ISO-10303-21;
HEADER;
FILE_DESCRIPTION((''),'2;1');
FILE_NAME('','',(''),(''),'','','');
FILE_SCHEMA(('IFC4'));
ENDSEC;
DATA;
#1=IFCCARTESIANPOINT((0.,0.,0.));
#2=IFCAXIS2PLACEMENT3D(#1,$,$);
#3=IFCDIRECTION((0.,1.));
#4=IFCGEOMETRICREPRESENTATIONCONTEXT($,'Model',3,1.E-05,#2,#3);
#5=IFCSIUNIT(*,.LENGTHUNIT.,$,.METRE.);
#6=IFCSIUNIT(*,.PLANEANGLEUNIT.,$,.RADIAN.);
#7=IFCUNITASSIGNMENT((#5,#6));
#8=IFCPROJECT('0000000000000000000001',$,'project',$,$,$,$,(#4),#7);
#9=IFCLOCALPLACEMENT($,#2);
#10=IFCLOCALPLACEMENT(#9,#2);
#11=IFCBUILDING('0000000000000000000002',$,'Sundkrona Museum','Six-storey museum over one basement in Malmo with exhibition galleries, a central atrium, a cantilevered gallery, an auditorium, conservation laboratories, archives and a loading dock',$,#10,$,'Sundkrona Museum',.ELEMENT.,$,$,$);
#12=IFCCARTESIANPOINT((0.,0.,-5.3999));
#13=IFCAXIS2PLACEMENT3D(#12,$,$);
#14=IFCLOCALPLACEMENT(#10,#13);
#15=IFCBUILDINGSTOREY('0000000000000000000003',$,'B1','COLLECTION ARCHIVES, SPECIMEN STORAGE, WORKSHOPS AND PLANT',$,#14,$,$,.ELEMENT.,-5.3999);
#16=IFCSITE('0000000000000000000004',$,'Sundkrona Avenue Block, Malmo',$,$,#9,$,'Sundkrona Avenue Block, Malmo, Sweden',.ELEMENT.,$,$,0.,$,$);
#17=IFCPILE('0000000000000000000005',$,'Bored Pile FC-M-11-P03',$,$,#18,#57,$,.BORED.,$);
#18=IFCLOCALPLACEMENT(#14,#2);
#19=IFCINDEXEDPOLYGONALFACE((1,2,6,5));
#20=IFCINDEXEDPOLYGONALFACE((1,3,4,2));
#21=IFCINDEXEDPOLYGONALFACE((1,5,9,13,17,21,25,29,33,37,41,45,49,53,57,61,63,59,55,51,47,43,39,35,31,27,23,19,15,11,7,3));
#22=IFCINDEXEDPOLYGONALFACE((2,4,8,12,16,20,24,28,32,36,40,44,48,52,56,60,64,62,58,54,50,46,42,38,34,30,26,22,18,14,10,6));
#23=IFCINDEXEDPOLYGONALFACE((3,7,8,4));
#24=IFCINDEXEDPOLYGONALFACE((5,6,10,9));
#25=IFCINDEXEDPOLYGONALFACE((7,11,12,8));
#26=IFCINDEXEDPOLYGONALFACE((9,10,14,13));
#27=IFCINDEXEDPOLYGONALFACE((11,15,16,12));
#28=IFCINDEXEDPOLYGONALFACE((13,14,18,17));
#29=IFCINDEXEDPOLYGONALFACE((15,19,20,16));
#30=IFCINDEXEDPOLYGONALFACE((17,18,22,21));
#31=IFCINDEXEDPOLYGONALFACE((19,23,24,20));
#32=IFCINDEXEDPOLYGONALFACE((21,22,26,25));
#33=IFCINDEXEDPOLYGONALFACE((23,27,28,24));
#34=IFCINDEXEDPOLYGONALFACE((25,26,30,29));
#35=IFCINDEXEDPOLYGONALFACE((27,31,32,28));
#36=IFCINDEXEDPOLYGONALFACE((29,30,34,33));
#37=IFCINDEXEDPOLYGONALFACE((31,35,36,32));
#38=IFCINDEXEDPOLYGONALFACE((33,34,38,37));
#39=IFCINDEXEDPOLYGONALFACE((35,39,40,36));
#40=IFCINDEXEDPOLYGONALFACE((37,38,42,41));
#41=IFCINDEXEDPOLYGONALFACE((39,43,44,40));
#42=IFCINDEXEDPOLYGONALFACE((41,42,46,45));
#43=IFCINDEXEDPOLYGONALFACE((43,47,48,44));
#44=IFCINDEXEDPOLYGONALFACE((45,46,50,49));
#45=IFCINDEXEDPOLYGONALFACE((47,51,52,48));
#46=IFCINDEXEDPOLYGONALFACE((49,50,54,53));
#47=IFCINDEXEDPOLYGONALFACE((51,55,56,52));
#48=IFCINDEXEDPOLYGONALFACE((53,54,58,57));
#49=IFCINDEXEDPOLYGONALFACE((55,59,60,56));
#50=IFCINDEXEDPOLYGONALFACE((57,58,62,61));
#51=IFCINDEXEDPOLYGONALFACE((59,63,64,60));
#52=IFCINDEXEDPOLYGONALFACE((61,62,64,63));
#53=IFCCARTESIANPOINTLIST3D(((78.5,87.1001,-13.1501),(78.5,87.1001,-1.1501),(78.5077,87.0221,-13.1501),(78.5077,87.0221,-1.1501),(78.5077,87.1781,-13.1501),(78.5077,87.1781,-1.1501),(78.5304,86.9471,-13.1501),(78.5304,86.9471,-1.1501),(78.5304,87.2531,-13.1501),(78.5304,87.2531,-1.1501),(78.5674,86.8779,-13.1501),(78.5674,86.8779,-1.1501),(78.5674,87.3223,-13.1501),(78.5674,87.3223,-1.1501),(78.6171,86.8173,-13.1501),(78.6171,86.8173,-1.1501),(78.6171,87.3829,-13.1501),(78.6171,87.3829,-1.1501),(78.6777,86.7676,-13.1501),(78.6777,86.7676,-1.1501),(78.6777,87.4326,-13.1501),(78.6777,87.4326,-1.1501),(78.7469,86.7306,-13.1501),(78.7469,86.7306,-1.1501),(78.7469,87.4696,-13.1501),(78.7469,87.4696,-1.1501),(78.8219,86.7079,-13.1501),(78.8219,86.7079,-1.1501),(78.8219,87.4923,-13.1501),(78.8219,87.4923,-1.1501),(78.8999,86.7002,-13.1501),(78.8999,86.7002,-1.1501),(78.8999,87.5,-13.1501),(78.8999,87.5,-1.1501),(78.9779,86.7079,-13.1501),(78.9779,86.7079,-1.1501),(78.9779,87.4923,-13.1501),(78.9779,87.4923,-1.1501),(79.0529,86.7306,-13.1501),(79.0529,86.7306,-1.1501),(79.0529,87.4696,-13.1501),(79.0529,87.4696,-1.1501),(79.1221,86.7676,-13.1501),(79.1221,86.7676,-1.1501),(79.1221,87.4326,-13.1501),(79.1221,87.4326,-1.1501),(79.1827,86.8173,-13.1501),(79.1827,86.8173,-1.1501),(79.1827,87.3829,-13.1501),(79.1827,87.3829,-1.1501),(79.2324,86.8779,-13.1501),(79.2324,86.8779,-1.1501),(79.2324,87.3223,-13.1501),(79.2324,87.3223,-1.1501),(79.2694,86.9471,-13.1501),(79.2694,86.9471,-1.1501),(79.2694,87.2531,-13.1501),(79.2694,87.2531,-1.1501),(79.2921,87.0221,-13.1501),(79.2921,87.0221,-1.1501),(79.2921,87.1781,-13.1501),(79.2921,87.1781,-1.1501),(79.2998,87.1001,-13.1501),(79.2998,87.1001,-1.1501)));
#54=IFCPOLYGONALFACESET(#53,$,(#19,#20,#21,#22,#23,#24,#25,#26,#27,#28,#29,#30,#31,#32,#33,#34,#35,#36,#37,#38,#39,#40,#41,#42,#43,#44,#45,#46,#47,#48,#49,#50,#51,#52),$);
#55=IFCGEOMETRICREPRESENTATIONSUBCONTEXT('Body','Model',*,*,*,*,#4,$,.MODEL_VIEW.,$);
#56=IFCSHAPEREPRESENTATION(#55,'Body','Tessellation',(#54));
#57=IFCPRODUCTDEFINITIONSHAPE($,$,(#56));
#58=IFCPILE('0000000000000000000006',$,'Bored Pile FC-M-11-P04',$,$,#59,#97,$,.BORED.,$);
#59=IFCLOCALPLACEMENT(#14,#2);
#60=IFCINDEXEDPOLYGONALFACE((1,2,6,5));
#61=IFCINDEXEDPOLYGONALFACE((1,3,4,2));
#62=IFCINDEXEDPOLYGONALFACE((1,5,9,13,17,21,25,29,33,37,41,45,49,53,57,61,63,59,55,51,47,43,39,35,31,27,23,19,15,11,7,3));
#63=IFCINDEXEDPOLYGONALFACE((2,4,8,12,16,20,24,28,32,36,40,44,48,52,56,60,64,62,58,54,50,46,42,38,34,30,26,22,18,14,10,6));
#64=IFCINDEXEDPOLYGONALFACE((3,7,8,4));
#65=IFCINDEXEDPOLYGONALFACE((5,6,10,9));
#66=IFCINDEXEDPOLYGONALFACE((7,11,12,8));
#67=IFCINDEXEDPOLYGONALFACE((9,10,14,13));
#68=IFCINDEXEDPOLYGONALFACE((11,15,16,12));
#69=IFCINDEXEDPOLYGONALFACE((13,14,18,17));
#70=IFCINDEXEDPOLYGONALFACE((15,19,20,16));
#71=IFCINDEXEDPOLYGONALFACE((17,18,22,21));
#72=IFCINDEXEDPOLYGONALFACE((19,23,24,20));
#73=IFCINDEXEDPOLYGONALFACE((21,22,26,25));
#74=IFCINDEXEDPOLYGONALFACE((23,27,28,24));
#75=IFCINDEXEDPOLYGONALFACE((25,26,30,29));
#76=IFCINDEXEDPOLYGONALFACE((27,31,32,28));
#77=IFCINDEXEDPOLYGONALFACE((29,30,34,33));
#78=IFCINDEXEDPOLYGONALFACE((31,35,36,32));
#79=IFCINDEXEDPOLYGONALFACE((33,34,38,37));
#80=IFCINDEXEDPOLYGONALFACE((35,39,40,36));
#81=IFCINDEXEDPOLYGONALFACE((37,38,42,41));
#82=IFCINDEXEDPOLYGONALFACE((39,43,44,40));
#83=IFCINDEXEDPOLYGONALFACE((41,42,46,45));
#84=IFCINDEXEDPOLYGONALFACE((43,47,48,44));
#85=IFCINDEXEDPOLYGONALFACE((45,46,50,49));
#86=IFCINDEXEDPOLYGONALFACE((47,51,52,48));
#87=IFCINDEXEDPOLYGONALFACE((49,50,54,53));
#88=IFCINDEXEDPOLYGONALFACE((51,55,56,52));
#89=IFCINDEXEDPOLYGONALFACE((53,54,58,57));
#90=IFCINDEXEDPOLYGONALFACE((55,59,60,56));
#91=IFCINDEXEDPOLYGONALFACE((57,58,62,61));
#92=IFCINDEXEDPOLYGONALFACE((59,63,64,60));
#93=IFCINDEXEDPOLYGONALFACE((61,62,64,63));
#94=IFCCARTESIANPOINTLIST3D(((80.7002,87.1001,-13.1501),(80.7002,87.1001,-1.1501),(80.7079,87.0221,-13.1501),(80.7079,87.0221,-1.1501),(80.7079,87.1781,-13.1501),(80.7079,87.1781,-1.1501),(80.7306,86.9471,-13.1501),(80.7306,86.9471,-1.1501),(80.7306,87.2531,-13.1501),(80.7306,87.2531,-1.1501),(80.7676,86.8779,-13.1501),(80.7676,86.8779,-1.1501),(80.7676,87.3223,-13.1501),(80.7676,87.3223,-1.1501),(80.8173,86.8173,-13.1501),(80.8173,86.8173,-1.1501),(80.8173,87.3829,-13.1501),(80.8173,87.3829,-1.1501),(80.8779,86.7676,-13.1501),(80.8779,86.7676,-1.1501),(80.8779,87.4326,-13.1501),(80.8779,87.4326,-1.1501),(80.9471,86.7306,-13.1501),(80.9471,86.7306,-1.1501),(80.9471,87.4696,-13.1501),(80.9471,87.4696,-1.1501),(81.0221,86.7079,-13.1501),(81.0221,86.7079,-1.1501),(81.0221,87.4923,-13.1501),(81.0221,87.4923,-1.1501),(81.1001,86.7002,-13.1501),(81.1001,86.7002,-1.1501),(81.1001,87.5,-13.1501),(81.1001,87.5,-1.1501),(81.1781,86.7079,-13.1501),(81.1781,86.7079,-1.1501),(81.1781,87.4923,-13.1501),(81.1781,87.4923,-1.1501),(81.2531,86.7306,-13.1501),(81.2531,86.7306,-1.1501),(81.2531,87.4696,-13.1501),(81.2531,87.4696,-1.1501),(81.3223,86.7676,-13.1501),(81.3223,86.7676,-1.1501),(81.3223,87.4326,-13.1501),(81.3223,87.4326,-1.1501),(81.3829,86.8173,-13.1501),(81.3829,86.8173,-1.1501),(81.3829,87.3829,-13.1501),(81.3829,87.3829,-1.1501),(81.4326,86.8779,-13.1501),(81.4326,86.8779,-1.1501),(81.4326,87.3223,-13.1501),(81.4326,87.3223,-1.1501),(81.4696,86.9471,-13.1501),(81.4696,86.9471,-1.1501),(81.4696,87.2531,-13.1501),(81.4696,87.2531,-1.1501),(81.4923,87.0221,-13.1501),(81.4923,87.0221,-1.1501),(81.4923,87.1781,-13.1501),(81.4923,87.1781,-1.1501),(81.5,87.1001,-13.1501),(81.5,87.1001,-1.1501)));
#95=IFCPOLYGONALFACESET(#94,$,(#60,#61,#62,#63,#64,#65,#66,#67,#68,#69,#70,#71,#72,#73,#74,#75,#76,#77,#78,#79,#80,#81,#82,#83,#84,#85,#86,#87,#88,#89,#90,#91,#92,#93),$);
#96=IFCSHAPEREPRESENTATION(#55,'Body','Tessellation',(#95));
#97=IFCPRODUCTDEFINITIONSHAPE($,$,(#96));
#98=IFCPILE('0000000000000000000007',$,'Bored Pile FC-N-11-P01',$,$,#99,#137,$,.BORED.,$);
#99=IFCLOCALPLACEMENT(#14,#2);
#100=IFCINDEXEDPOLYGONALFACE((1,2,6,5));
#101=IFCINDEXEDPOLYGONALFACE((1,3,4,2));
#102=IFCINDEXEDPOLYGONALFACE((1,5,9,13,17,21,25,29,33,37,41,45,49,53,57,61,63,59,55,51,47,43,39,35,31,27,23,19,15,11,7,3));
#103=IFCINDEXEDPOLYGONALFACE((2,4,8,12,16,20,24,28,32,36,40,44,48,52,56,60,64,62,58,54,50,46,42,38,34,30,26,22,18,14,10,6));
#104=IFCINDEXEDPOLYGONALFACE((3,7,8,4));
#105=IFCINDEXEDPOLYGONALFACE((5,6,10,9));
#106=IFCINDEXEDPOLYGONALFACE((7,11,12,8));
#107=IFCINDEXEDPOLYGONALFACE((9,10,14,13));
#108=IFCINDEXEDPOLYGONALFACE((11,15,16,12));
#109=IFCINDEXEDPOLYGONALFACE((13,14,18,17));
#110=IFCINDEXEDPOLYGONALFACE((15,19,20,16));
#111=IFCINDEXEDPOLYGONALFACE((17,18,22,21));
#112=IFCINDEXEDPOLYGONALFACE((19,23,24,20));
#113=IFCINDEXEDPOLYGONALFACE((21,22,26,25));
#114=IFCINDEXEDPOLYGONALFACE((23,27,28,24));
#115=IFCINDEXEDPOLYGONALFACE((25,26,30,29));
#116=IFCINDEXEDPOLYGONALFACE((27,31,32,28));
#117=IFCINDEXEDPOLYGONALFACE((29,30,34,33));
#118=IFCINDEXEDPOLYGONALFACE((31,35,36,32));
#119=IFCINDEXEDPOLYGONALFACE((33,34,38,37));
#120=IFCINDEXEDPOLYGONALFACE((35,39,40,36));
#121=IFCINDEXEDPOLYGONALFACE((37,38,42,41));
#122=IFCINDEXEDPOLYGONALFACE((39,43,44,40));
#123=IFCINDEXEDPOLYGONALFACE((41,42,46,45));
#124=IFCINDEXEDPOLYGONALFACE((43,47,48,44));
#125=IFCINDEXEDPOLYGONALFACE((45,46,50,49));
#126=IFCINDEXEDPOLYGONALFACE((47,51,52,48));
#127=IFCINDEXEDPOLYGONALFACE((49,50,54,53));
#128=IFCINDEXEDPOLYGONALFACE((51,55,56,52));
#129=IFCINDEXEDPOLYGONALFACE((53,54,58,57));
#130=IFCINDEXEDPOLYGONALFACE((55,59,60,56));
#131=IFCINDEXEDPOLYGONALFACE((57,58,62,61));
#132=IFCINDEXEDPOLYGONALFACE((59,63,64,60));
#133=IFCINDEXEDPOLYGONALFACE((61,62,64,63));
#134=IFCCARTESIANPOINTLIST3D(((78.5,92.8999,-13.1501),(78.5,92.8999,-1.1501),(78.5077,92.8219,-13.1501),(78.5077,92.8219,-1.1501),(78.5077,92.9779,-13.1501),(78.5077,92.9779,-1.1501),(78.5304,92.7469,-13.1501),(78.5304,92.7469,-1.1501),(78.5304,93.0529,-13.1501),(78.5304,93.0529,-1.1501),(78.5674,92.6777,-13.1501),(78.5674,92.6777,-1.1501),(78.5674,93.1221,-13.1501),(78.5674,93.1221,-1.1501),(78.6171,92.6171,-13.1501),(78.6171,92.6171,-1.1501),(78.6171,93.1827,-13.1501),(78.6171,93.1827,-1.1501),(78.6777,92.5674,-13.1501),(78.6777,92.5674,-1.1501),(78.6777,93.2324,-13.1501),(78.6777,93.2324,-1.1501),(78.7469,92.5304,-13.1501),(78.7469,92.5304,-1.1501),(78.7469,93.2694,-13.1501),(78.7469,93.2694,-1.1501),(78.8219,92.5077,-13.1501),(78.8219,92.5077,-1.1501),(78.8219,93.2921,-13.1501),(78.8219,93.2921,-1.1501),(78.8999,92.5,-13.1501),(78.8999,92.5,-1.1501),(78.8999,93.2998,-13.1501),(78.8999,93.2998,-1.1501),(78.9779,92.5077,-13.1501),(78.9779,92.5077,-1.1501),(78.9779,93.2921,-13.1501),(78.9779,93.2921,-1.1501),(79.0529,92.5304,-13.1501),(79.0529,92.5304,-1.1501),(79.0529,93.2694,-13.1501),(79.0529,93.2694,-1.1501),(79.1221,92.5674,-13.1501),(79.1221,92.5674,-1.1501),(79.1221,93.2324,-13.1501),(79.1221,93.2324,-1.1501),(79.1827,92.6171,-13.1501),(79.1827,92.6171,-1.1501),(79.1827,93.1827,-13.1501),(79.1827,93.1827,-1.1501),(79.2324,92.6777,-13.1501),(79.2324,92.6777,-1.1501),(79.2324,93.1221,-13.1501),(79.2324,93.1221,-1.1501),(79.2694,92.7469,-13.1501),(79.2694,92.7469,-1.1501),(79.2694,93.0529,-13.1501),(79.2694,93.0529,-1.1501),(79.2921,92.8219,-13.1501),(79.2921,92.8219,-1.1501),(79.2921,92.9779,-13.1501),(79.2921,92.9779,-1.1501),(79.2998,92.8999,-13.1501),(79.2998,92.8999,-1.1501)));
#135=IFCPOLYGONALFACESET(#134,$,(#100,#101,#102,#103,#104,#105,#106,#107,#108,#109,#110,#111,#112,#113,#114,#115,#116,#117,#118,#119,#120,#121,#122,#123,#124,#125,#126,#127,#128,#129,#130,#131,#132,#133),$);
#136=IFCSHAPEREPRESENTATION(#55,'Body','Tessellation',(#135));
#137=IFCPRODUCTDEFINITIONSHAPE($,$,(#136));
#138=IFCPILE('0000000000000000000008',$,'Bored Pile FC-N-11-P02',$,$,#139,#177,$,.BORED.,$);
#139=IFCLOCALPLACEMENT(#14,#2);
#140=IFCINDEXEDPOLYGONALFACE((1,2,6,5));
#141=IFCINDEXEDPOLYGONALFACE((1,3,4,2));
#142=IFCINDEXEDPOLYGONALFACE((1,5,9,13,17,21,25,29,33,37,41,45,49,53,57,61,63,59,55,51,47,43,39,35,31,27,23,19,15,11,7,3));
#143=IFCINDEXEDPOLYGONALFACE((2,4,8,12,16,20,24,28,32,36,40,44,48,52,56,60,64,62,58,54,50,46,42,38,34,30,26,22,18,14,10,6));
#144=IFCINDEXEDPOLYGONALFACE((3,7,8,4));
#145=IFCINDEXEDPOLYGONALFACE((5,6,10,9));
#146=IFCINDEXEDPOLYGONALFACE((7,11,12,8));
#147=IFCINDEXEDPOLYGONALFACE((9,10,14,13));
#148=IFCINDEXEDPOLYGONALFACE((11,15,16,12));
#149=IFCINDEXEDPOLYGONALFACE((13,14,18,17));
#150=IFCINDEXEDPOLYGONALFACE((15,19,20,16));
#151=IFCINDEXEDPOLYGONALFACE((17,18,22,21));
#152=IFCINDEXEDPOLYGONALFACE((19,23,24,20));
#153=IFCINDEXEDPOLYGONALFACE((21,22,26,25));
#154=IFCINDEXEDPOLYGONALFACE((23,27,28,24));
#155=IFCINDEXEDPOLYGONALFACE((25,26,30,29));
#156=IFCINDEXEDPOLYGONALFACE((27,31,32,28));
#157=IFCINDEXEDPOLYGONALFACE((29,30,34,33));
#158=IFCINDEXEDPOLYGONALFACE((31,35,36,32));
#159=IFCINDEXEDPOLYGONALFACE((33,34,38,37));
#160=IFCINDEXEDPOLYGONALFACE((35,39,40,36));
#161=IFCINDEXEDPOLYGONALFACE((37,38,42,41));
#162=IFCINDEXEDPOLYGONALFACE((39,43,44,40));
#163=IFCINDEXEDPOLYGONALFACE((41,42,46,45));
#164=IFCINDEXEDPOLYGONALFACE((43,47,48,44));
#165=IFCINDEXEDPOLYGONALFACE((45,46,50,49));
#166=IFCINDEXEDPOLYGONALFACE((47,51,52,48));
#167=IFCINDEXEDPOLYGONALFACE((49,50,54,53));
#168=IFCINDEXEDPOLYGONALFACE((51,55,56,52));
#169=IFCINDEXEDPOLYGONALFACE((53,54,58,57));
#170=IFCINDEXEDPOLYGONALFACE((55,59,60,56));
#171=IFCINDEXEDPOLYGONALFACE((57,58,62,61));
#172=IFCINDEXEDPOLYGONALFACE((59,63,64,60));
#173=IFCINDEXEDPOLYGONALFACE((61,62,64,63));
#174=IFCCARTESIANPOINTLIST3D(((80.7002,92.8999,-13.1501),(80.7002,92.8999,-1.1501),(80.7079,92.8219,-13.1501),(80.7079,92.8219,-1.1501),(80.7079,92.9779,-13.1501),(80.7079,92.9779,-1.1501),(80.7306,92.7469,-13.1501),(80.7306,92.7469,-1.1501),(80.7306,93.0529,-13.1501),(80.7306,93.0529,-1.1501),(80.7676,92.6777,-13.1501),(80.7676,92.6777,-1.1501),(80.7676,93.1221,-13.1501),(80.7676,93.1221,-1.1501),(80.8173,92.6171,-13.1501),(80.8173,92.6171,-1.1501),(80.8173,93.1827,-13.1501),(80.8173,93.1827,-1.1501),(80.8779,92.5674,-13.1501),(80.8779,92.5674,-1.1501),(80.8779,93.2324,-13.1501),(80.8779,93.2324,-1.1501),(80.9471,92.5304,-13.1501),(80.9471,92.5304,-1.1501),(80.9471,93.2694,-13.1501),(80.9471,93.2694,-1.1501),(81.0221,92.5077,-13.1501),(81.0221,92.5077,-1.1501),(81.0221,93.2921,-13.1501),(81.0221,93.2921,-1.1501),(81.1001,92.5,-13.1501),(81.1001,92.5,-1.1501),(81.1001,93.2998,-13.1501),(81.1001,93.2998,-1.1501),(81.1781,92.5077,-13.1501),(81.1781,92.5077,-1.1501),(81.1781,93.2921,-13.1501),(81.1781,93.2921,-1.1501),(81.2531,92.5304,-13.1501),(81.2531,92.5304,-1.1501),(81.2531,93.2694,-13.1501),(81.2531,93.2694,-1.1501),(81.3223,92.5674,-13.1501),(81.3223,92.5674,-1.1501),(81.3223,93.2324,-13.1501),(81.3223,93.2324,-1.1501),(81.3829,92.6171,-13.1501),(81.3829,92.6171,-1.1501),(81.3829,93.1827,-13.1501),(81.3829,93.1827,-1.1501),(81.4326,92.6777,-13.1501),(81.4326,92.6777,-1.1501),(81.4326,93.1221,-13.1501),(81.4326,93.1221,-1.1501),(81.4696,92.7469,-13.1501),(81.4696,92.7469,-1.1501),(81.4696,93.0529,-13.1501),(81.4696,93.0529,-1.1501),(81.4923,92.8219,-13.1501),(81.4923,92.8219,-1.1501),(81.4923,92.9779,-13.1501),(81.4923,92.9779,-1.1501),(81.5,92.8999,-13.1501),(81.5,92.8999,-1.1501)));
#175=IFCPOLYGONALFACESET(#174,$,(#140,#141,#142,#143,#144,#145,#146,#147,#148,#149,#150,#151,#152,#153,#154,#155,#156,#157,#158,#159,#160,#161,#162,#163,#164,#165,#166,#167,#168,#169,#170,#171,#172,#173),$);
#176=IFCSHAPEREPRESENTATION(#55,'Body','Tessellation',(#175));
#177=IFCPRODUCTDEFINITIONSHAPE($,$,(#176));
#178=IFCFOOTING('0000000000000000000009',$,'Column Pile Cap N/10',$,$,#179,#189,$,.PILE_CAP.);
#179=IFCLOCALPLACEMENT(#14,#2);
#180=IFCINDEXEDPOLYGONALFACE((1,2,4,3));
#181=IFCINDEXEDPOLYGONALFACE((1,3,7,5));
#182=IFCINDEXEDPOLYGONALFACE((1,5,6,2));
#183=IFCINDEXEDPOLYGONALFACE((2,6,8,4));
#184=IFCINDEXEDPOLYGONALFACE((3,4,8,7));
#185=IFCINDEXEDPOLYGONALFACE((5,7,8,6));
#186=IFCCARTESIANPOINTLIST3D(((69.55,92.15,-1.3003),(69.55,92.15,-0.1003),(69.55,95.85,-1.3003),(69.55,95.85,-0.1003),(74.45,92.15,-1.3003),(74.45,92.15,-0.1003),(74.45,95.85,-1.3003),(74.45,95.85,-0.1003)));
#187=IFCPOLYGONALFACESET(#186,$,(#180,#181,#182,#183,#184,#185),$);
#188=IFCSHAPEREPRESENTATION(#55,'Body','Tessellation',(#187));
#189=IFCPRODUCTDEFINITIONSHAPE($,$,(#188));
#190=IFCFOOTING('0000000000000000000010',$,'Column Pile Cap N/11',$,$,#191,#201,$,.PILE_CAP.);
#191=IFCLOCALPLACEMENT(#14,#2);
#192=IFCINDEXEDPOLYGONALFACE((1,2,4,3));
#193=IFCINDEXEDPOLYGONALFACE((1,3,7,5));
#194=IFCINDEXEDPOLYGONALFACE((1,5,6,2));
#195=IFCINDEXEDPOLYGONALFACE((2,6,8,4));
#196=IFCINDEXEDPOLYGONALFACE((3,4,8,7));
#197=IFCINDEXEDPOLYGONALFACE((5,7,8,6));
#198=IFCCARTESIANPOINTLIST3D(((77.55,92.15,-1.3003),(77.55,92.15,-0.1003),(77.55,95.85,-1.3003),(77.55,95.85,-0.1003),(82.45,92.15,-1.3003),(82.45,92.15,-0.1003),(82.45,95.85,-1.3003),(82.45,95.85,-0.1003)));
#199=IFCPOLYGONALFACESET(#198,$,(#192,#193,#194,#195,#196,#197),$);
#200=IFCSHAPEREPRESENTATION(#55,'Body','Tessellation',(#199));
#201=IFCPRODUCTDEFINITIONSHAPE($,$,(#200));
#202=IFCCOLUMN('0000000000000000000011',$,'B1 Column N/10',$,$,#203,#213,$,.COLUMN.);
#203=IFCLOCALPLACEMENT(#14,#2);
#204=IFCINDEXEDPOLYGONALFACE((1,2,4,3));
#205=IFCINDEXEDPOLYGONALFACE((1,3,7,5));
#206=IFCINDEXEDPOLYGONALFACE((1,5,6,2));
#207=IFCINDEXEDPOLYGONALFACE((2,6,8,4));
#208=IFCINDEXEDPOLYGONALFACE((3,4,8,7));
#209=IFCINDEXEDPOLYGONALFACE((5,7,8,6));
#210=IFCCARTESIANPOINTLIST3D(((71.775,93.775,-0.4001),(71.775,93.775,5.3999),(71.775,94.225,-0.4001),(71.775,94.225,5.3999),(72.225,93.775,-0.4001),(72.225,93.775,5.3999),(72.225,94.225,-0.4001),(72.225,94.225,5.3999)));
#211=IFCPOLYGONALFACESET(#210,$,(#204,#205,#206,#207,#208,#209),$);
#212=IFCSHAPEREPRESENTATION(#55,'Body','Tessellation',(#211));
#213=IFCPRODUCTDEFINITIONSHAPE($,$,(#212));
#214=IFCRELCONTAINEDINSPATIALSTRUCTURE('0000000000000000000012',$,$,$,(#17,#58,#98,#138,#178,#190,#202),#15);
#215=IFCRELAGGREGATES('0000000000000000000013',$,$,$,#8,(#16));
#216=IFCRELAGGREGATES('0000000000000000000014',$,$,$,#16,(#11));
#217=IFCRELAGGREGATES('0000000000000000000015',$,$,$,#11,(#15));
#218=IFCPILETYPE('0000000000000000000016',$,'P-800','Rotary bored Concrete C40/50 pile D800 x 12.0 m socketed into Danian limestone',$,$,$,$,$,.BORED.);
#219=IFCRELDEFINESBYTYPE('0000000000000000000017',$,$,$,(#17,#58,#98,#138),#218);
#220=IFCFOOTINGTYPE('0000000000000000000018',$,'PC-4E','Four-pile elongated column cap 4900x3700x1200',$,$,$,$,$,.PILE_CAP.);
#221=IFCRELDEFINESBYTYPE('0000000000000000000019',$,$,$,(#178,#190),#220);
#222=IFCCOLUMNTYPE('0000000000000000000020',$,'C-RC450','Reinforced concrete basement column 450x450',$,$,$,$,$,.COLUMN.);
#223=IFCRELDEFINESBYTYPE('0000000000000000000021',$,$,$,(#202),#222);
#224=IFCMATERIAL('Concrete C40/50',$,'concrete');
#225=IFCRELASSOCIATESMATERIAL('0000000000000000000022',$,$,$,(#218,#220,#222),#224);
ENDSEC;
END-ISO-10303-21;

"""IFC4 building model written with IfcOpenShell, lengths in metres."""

from ifc_helpers import new_model, si_unit, direction, frame, origin, origin_2d, place, context, subcontext, project, spatial, rectangle, circle, extrude, material, material_profile, profile_set, type_object, element, save


model = new_model("IFC4")

# Units and contexts
model_context = context("Model", 3, precision=1e-05, world=origin(), true_north=direction((0.0, 1.0)))
body_context = subcontext(model_context, "Body", "Model", "MODEL_VIEW")
ifc_project = project(units=[si_unit("LENGTHUNIT", "METRE"), si_unit("PLANEANGLEUNIT", "RADIAN")], contexts=[model_context])

# Site, building, storey
site_placement = place(None, origin())
site = spatial("IfcSite", under=ifc_project, at=site_placement, Name="Sundkrona Avenue Block, Malmo", LongName="Sundkrona Avenue Block, Malmo, Sweden", CompositionType="ELEMENT", RefElevation=0.0)
building_placement = place(site_placement, origin())
building = spatial("IfcBuilding", under=site, at=building_placement, Name="Sundkrona Museum", Description="Six-storey museum over one basement in Malmo with exhibition galleries, a central atrium, a cantilevered gallery, an auditorium, conservation laboratories, archives and a loading dock", LongName="Sundkrona Museum", CompositionType="ELEMENT")
storey_placement = place(building_placement, frame((0.0, 0.0, -5.3999)))
storey = spatial("IfcBuildingStorey", under=building, at=storey_placement, Name="B1", Description="COLLECTION ARCHIVES, SPECIMEN STORAGE, WORKSHOPS AND PLANT", CompositionType="ELEMENT", Elevation=-5.3999)

# Shared definitions
ifc_material_1 = material(Name="Concrete C40/50", Category="concrete")

# Piles
ifc_material_profile_1 = material_profile(ifc_material_1, circle(Radius=0.3999, at=origin_2d()), Name="PILE D800")
ifc_profile_set_1 = profile_set([ifc_material_profile_1], Name="Concrete C40/50")
pile_type = type_object("IfcPileType", Name="P-800", Description="Rotary bored Concrete C40/50 pile D800 x 12.0 m socketed into Danian limestone", PredefinedType="BORED", material=ifc_profile_set_1)
for number, where, z_axis, x_axis, name in (
    (1, (78.8999, 87.1001, -1.1501), (0.0, 0.0, -1.0), (1.0, 0.0, 0.0), "Bored Pile FC-M-11-P03"),
    (2, (81.1001, 87.1001, -1.1501), (0.0, 0.0, -1.0), (1.0, 0.0, 0.0), "Bored Pile FC-M-11-P04"),
    (3, (78.8999, 92.8999, -1.1501), (0.0, 0.0, -1.0), (1.0, 0.0, 0.0), "Bored Pile FC-N-11-P01"),
    (4, (81.1001, 92.8999, -1.1501), (0.0, 0.0, -1.0), (1.0, 0.0, 0.0), "Bored Pile FC-N-11-P02"),
):
    element("IfcPile", number, at=place(storey_placement, frame(where, z_axis=z_axis, x_axis=x_axis)), inside=storey, type_object=pile_type, Name=name, PredefinedType="BORED", context=body_context, shape_type="SweptSolid", body=[
        extrude(circle(Radius=0.3999, at=origin_2d()), origin(), (0.0, 0.0, 1.0), 12.0),
    ])

# Footings
footing_type_1 = type_object("IfcFootingType", Name="PC-4E", Description="Four-pile elongated column cap 4900x3700x1200", PredefinedType="PILE_CAP", material=ifc_material_1)
for number, where, z_axis, x_axis, name in (
    (5, (72.0, 94.0, -1.3003), (0.0, 0.0, 1.0), (1.0, 0.0, 0.0), "Column Pile Cap N/10"),
    (6, (80.0, 94.0, -1.3003), (0.0, 0.0, 1.0), (1.0, 0.0, 0.0), "Column Pile Cap N/11"),
):
    element("IfcFooting", number, at=place(storey_placement, frame(where, z_axis=z_axis, x_axis=x_axis)), inside=storey, type_object=footing_type_1, Name=name, PredefinedType="PILE_CAP", context=body_context, shape_type="SweptSolid", body=[
        extrude(rectangle(XDim=4.8999, YDim=3.7, at=origin_2d()), origin(), (0.0, 0.0, 1.0), 1.2),
    ])

# Column
ifc_material_profile_2 = material_profile(ifc_material_1, rectangle(XDim=0.45, YDim=0.45, at=origin_2d()), Name="RC 450x450")
ifc_profile_set_2 = profile_set([ifc_material_profile_2], Name="Concrete C40/50")
column_type_1 = type_object("IfcColumnType", Name="C-RC450", Description="Reinforced concrete basement column 450x450", PredefinedType="COLUMN", material=ifc_profile_set_2)
column_1_placement = place(storey_placement, frame((72.0, 94.0, -0.4001), z_axis=(0.0, 0.0, 1.0), x_axis=(1.0, 0.0, 0.0)))
element("IfcColumn", 7, at=column_1_placement, inside=storey, type_object=column_type_1, Name="B1 Column N/10", PredefinedType="COLUMN", context=body_context, shape_type="SweptSolid", body=[
    extrude(rectangle(XDim=0.45, YDim=0.45, at=origin_2d()), origin(), (0.0, 0.0, 1.0), 5.8),
])

save(model, "model.ifc")
